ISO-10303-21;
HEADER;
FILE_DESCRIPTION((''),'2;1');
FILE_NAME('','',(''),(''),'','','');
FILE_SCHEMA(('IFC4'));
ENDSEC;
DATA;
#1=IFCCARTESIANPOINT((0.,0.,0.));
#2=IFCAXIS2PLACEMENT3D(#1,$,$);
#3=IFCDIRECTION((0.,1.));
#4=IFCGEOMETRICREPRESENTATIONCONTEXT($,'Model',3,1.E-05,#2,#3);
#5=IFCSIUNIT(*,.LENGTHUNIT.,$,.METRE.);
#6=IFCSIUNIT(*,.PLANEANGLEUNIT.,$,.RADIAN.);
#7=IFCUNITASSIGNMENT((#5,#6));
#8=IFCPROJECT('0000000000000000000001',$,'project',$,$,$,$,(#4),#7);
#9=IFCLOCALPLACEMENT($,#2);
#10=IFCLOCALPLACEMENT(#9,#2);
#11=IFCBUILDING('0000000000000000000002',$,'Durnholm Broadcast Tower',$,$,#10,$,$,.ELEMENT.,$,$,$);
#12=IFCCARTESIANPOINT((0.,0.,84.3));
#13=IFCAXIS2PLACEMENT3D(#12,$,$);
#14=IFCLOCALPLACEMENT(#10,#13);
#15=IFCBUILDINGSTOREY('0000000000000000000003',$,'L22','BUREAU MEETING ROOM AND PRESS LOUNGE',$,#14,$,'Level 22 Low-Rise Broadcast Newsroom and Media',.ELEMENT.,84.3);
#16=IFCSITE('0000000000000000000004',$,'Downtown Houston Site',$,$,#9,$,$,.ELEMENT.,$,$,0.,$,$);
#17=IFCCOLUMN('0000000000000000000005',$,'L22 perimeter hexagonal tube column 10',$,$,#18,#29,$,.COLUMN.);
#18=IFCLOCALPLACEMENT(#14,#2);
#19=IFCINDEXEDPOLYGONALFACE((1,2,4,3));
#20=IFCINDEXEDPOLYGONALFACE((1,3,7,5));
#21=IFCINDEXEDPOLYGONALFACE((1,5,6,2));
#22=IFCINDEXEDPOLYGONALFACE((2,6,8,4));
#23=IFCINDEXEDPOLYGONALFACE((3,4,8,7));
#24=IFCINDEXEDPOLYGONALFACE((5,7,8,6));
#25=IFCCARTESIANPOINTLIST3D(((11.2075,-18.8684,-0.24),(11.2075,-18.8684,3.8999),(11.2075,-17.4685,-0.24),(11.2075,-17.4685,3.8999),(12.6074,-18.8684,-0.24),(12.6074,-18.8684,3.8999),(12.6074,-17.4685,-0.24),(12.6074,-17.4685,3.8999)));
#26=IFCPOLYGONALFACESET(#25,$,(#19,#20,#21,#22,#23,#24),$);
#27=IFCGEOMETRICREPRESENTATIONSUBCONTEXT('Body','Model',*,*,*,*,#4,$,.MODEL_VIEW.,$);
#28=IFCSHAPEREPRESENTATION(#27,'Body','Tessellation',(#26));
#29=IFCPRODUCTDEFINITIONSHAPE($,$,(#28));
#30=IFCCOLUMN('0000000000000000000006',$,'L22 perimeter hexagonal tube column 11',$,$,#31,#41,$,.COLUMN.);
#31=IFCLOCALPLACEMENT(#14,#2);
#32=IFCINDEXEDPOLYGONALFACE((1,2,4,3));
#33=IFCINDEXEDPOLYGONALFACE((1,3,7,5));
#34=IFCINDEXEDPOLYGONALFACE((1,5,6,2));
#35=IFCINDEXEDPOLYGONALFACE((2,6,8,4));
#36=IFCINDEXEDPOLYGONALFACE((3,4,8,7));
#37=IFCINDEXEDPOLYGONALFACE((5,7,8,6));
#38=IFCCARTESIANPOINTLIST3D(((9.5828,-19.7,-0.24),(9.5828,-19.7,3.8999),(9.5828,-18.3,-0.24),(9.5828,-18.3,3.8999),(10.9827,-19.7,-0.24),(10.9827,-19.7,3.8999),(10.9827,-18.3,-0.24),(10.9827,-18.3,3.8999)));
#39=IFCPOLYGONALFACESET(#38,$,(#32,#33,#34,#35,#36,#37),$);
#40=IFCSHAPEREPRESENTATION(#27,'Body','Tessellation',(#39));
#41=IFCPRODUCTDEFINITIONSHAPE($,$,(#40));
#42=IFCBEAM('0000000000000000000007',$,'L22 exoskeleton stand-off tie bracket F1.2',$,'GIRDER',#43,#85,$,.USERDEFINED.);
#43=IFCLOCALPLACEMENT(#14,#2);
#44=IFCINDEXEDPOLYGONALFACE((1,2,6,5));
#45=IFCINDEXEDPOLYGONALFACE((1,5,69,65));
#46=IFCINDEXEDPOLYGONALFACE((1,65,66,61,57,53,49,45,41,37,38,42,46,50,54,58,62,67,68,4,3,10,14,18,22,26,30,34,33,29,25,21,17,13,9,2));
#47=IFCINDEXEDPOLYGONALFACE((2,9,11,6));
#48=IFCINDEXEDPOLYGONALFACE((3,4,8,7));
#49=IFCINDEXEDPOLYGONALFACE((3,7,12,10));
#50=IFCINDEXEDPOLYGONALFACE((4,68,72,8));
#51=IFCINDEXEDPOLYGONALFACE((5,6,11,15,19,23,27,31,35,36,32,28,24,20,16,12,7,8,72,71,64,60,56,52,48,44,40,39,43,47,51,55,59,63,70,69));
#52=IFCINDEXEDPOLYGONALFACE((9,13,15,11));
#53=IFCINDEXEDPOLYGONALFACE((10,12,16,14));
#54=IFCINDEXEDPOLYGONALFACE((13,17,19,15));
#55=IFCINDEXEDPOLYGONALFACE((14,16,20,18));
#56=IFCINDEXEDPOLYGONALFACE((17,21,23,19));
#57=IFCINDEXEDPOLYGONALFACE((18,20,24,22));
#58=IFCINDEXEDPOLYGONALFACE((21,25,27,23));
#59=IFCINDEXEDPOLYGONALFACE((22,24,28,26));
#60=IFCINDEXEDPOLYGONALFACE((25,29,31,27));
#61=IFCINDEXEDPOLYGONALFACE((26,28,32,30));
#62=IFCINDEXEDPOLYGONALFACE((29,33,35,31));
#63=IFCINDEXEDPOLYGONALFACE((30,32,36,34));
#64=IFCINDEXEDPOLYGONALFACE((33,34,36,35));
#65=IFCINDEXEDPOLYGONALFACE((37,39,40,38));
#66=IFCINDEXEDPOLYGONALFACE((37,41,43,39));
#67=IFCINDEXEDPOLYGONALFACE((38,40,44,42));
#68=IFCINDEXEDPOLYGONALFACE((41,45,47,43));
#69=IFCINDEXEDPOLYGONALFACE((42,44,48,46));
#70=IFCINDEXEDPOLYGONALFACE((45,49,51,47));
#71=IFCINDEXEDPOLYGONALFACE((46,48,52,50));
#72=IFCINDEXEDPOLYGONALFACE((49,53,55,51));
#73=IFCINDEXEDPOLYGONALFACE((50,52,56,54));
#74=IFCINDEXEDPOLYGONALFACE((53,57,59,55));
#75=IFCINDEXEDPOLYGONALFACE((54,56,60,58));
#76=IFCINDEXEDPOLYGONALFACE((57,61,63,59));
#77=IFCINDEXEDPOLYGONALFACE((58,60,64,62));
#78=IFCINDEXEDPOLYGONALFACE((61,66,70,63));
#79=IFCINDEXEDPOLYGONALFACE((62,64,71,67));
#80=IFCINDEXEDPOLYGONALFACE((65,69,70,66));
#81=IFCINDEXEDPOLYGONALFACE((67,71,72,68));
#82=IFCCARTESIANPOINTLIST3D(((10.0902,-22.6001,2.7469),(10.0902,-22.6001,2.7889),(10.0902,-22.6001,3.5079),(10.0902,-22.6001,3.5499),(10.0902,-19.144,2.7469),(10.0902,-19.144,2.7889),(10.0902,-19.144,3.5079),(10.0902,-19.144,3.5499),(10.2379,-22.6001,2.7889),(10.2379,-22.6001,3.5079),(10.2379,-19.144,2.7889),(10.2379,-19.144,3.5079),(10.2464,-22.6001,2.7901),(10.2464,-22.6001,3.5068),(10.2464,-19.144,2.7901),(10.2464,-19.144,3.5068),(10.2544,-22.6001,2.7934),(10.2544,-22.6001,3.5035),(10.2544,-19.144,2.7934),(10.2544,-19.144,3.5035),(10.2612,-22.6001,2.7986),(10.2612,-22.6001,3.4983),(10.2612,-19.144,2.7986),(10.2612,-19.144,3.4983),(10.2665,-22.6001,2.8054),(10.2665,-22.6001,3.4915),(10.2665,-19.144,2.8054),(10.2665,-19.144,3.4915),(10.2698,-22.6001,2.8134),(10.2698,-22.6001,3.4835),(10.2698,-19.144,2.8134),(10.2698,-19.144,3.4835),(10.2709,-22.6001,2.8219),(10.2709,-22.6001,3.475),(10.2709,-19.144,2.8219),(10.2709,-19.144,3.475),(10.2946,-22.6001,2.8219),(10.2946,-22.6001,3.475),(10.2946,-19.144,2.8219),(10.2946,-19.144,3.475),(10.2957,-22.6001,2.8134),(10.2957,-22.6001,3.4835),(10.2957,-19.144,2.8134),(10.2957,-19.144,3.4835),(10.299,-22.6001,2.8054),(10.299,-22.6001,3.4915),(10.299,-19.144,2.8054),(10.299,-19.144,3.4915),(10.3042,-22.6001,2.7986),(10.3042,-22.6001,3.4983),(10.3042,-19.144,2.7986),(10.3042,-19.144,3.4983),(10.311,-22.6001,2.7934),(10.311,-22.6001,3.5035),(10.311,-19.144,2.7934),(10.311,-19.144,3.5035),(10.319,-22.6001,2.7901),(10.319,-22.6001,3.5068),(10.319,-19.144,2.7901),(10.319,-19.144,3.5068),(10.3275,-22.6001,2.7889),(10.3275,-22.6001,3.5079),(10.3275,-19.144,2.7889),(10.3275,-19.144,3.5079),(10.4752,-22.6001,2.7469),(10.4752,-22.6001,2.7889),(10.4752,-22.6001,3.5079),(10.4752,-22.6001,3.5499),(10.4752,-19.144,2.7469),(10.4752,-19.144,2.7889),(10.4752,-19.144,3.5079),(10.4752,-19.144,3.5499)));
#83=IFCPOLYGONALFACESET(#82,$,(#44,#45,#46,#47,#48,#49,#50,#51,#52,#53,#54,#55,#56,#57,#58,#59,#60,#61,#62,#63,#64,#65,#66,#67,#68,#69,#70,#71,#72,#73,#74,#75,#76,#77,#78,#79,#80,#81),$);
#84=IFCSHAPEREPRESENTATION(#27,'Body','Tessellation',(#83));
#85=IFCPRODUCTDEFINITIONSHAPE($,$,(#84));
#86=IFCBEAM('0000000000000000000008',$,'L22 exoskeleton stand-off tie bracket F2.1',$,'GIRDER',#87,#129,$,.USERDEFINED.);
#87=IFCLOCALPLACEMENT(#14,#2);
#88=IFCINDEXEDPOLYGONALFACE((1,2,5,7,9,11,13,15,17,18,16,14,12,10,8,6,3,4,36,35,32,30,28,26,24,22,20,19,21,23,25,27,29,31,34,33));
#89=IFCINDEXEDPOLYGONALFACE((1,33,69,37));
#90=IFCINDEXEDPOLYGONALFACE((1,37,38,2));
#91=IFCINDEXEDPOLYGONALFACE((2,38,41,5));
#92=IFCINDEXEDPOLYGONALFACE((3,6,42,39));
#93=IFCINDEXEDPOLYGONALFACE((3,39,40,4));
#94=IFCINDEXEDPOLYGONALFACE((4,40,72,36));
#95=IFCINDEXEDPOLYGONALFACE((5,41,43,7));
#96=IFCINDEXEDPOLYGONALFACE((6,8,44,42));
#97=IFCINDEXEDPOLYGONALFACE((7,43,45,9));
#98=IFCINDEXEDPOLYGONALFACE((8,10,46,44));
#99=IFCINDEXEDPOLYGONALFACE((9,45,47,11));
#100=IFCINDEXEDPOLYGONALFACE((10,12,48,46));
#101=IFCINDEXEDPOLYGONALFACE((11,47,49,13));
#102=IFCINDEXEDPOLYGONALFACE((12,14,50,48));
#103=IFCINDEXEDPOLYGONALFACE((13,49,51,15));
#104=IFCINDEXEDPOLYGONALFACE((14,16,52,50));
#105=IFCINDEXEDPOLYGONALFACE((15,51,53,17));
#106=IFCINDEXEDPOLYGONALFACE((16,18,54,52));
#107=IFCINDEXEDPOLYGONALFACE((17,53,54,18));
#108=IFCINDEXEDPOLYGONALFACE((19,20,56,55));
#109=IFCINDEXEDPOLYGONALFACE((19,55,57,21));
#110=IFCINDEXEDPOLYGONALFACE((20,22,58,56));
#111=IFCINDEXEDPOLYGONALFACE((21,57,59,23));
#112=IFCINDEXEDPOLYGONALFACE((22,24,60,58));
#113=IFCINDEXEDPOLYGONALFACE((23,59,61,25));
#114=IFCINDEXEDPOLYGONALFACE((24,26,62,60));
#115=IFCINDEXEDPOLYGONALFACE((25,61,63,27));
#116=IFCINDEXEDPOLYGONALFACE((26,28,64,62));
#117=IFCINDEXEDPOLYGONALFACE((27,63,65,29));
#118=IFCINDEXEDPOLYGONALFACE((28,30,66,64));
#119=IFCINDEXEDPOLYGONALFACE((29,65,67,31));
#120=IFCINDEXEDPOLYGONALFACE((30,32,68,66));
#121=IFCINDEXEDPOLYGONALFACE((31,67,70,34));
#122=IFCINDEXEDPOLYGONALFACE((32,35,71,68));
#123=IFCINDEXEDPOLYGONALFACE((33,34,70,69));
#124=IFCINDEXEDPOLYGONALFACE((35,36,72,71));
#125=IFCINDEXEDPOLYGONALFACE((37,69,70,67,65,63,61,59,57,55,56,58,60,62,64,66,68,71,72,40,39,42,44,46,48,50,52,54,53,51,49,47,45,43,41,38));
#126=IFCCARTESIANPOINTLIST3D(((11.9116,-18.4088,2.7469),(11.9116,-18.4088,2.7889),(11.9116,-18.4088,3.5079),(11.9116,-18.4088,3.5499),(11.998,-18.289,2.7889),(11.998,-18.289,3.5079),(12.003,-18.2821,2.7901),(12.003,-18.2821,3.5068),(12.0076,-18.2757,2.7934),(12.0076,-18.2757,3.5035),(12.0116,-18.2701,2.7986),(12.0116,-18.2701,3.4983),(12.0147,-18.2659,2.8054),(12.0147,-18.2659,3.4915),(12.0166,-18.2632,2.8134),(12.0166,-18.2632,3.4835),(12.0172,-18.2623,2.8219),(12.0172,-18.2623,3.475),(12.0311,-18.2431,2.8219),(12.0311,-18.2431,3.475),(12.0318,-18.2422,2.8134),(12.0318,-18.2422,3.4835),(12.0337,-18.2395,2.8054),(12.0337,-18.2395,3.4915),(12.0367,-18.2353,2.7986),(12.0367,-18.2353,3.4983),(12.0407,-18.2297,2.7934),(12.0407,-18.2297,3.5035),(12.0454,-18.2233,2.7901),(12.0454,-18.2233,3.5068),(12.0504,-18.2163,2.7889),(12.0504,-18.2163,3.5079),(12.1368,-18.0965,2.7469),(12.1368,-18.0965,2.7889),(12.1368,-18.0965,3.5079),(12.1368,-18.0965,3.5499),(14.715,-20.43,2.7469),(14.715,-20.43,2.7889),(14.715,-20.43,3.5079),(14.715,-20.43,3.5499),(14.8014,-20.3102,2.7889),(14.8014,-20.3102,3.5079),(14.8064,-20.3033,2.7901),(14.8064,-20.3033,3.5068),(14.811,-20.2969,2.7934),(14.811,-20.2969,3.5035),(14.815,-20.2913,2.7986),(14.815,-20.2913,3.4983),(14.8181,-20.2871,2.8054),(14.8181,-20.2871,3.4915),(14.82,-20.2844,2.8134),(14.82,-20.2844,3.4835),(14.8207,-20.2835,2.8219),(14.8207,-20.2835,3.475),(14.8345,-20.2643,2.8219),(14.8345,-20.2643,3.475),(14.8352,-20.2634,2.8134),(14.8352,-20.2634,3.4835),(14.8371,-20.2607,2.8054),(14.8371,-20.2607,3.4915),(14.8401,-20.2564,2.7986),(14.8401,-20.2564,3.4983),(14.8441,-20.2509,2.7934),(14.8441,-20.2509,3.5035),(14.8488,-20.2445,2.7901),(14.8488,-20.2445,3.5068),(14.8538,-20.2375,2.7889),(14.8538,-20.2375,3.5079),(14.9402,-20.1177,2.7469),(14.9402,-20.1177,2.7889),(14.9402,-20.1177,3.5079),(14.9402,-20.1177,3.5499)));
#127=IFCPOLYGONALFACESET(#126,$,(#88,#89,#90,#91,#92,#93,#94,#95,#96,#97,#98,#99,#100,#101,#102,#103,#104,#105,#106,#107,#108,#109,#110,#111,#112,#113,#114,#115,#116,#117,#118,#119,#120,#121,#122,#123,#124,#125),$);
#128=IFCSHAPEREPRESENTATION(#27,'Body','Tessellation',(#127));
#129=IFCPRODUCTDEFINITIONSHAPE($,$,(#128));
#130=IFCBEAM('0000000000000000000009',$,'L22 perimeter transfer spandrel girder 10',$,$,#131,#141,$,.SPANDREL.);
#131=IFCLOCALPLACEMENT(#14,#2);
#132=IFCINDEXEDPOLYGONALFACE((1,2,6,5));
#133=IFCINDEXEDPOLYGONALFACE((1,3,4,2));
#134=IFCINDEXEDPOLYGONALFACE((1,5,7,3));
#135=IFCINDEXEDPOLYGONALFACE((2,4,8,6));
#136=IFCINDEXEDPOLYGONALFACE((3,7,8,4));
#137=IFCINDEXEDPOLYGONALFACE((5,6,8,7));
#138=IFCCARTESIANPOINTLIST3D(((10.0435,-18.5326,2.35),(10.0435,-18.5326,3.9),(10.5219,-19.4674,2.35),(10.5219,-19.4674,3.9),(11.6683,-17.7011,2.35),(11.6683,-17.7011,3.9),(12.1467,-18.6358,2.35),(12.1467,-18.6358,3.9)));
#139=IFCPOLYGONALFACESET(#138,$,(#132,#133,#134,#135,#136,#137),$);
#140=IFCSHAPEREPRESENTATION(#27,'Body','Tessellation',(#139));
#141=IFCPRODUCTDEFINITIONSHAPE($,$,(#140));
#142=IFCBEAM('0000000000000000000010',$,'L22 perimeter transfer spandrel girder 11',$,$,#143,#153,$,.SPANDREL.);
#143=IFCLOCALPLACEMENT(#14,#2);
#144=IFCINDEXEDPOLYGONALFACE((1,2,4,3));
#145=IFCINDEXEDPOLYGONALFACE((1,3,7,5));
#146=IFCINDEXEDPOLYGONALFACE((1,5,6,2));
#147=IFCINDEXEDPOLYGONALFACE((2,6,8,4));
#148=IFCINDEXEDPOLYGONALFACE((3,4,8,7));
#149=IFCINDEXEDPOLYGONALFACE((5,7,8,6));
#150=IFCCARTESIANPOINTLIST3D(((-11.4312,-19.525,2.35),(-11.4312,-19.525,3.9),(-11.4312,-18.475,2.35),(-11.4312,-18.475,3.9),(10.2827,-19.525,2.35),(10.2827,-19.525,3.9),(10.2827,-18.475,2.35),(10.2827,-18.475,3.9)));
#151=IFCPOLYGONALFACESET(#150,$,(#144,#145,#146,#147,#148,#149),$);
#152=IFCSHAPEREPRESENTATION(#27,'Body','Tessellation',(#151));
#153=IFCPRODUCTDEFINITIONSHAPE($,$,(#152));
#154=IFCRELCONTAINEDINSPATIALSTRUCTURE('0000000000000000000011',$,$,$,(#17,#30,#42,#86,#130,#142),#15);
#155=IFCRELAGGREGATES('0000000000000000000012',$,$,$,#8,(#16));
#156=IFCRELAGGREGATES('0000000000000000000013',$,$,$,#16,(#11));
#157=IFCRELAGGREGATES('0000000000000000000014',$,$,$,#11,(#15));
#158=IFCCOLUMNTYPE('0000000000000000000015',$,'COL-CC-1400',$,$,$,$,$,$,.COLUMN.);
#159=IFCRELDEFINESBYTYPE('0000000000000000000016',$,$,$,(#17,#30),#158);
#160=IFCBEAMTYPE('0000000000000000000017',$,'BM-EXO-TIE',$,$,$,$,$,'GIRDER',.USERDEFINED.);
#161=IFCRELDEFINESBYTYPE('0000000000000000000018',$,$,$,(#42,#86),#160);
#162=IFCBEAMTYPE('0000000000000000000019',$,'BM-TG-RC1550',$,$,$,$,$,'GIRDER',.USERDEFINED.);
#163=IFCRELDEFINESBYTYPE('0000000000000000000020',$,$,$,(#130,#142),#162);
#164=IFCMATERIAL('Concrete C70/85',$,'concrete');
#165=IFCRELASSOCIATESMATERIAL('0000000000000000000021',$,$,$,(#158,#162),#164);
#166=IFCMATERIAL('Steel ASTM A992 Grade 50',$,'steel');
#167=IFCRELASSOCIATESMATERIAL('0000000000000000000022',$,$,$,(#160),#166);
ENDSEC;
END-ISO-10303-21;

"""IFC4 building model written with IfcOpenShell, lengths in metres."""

from ifc_helpers import new_model, si_unit, direction, frame, origin, origin_2d, place, context, subcontext, project, spatial, rectangle, i_section, extrude, source, transform, mapped, material, material_profile, profile_set, type_object, type_shapes, element, save


model = new_model("IFC4")

# Units and contexts
model_context = context("Model", 3, precision=1e-05, world=origin(), true_north=direction((0.0, 1.0)))
body_context = subcontext(model_context, "Body", "Model", "MODEL_VIEW")
ifc_project = project(units=[si_unit("LENGTHUNIT", "METRE"), si_unit("PLANEANGLEUNIT", "RADIAN")], contexts=[model_context])

# Site, building, storey
site_placement = place(None, origin())
site = spatial("IfcSite", under=ifc_project, at=site_placement, Name="Downtown Houston Site", CompositionType="ELEMENT", RefElevation=0.0)
building_placement = place(site_placement, origin())
building = spatial("IfcBuilding", under=site, at=building_placement, Name="Durnholm Broadcast Tower", CompositionType="ELEMENT")
storey_placement = place(building_placement, frame((0.0, 0.0, 84.3)))
storey = spatial("IfcBuildingStorey", under=building, at=storey_placement, Name="L22", Description="BUREAU MEETING ROOM AND PRESS LOUNGE", LongName="Level 22 Low-Rise Broadcast Newsroom and Media", CompositionType="ELEMENT", Elevation=84.3)

# Columns
ifc_material_1 = material(Name="Concrete C70/85", Category="concrete")
ifc_material_profile_1 = material_profile(ifc_material_1, rectangle(XDim=1.3999, YDim=1.3999, at=origin_2d()), Name="RC1400X1400")
ifc_profile_set_1 = profile_set([ifc_material_profile_1], Name="Concrete C70/85")
column_type = type_object("IfcColumnType", Name="COL-CC-1400", PredefinedType="COLUMN", material=ifc_profile_set_1)
shared_shape_1 = source(origin(), body_context, "Body", "SweptSolid", [
    extrude(rectangle(XDim=1.3999, YDim=1.3999, at=origin_2d()), origin(), (0.0, 0.0, 1.0), 4.1399),
])
type_shapes(column_type, [shared_shape_1])
for number, where, z_axis, x_axis, name in (
    (1, (11.9075, -18.1685, -0.24), (0.0, 0.0, 1.0), (1.0, 0.0, 0.0), "L22 perimeter hexagonal tube column 10"),
    (2, (10.2827, -19.0, -0.24), (0.0, 0.0, 1.0), (1.0, 0.0, 0.0), "L22 perimeter hexagonal tube column 11"),
):
    element("IfcColumn", number, at=place(storey_placement, frame(where, z_axis=z_axis, x_axis=x_axis)), inside=storey, type_object=column_type, Name=name, PredefinedType="COLUMN", context=body_context, shape_type="MappedRepresentation", body=[
        mapped(shared_shape_1, transform((0.0, 0.0, 0.0), x_axis=(1.0, 0.0, 0.0), y_axis=(0.0, 1.0, 0.0), z_axis=(0.0, 0.0, 1.0), scale=1.0)),
    ])

# Beams
ifc_material_2 = material(Name="Steel ASTM A992 Grade 50", Category="steel")
ifc_material_profile_2 = material_profile(ifc_material_2, i_section(OverallWidth=0.385, OverallDepth=0.803, WebThickness=0.0237, FlangeThickness=0.042, FilletRadius=0.033, at=origin_2d()), Name="W30X261")
ifc_profile_set_2 = profile_set([ifc_material_profile_2], Name="Steel ASTM A992 Grade 50")
beam_type_1 = type_object("IfcBeamType", Name="BM-EXO-TIE", ElementType="GIRDER", PredefinedType="USERDEFINED", material=ifc_profile_set_2)
shared_shape_2 = source(origin(), body_context, "Body", "SweptSolid", [
    extrude(i_section(OverallWidth=0.385, OverallDepth=0.803, WebThickness=0.0237, FlangeThickness=0.042, FilletRadius=0.033, at=origin_2d()), origin(), (0.0, 0.0, 1.0), 3.4561),
])
type_shapes(beam_type_1, [shared_shape_2])
for number, where, z_axis, x_axis, name in (
    (3, (10.2827, -19.144, 3.1484), (0.0, -1.0, 0.0), (1.0, 0.0, 0.0), "L22 exoskeleton stand-off tie bracket F1.2"),
    (4, (12.0242, -18.2527, 3.1484), (0.811158, -0.584828, 0.0), (0.584828, 0.811158, 0.0), "L22 exoskeleton stand-off tie bracket F2.1"),
):
    element("IfcBeam", number, at=place(storey_placement, frame(where, z_axis=z_axis, x_axis=x_axis)), inside=storey, type_object=beam_type_1, Name=name, ObjectType="GIRDER", PredefinedType="USERDEFINED", context=body_context, shape_type="MappedRepresentation", body=[
        mapped(shared_shape_2, transform((0.0, 0.0, 0.0), x_axis=(1.0, 0.0, 0.0), y_axis=(0.0, 1.0, 0.0), z_axis=(0.0, 0.0, 1.0), scale=1.0)),
    ])
ifc_material_profile_3 = material_profile(ifc_material_1, rectangle(XDim=1.05, YDim=1.55, at=origin_2d()), Name="RC1050X1550")
ifc_profile_set_3 = profile_set([ifc_material_profile_3], Name="Concrete C70/85")
beam_type_2 = type_object("IfcBeamType", Name="BM-TG-RC1550", ElementType="GIRDER", PredefinedType="USERDEFINED", material=ifc_profile_set_3)
shared_shape_3 = source(origin(), body_context, "Body", "SweptSolid", [
    extrude(rectangle(XDim=1.05, YDim=1.55, at=origin_2d()), origin(), (0.0, 0.0, 1.0), 1.8252),
])
beam_1_placement = place(storey_placement, frame((11.9075, -18.1685, 3.125), z_axis=(-0.890188, -0.455594, 0.0), x_axis=(0.455594, -0.890188, 0.0)))
element("IfcBeam", 5, at=beam_1_placement, inside=storey, type_object=beam_type_2, Name="L22 perimeter transfer spandrel girder 10", PredefinedType="SPANDREL", context=body_context, shape_type="MappedRepresentation", body=[
    mapped(shared_shape_3, transform((0.0, 0.0, 0.0), x_axis=(1.0, 0.0, 0.0), y_axis=(0.0, 1.0, 0.0), z_axis=(0.0, 0.0, 1.0), scale=1.0)),
])
shared_shape_4 = source(origin(), body_context, "Body", "SweptSolid", [
    extrude(rectangle(XDim=1.05, YDim=1.55, at=origin_2d()), origin(), (0.0, 0.0, 1.0), 21.7139),
])
type_shapes(beam_type_2, [shared_shape_3, shared_shape_4])
beam_2_placement = place(storey_placement, frame((10.2827, -19.0, 3.125), z_axis=(-1.0, 0.0, 0.0), x_axis=(0.0, -1.0, 0.0)))
element("IfcBeam", 6, at=beam_2_placement, inside=storey, type_object=beam_type_2, Name="L22 perimeter transfer spandrel girder 11", PredefinedType="SPANDREL", context=body_context, shape_type="MappedRepresentation", body=[
    mapped(shared_shape_4, transform((0.0, 0.0, 0.0), x_axis=(1.0, 0.0, 0.0), y_axis=(0.0, 1.0, 0.0), z_axis=(0.0, 0.0, 1.0), scale=1.0)),
])

save(model, "model.ifc")
